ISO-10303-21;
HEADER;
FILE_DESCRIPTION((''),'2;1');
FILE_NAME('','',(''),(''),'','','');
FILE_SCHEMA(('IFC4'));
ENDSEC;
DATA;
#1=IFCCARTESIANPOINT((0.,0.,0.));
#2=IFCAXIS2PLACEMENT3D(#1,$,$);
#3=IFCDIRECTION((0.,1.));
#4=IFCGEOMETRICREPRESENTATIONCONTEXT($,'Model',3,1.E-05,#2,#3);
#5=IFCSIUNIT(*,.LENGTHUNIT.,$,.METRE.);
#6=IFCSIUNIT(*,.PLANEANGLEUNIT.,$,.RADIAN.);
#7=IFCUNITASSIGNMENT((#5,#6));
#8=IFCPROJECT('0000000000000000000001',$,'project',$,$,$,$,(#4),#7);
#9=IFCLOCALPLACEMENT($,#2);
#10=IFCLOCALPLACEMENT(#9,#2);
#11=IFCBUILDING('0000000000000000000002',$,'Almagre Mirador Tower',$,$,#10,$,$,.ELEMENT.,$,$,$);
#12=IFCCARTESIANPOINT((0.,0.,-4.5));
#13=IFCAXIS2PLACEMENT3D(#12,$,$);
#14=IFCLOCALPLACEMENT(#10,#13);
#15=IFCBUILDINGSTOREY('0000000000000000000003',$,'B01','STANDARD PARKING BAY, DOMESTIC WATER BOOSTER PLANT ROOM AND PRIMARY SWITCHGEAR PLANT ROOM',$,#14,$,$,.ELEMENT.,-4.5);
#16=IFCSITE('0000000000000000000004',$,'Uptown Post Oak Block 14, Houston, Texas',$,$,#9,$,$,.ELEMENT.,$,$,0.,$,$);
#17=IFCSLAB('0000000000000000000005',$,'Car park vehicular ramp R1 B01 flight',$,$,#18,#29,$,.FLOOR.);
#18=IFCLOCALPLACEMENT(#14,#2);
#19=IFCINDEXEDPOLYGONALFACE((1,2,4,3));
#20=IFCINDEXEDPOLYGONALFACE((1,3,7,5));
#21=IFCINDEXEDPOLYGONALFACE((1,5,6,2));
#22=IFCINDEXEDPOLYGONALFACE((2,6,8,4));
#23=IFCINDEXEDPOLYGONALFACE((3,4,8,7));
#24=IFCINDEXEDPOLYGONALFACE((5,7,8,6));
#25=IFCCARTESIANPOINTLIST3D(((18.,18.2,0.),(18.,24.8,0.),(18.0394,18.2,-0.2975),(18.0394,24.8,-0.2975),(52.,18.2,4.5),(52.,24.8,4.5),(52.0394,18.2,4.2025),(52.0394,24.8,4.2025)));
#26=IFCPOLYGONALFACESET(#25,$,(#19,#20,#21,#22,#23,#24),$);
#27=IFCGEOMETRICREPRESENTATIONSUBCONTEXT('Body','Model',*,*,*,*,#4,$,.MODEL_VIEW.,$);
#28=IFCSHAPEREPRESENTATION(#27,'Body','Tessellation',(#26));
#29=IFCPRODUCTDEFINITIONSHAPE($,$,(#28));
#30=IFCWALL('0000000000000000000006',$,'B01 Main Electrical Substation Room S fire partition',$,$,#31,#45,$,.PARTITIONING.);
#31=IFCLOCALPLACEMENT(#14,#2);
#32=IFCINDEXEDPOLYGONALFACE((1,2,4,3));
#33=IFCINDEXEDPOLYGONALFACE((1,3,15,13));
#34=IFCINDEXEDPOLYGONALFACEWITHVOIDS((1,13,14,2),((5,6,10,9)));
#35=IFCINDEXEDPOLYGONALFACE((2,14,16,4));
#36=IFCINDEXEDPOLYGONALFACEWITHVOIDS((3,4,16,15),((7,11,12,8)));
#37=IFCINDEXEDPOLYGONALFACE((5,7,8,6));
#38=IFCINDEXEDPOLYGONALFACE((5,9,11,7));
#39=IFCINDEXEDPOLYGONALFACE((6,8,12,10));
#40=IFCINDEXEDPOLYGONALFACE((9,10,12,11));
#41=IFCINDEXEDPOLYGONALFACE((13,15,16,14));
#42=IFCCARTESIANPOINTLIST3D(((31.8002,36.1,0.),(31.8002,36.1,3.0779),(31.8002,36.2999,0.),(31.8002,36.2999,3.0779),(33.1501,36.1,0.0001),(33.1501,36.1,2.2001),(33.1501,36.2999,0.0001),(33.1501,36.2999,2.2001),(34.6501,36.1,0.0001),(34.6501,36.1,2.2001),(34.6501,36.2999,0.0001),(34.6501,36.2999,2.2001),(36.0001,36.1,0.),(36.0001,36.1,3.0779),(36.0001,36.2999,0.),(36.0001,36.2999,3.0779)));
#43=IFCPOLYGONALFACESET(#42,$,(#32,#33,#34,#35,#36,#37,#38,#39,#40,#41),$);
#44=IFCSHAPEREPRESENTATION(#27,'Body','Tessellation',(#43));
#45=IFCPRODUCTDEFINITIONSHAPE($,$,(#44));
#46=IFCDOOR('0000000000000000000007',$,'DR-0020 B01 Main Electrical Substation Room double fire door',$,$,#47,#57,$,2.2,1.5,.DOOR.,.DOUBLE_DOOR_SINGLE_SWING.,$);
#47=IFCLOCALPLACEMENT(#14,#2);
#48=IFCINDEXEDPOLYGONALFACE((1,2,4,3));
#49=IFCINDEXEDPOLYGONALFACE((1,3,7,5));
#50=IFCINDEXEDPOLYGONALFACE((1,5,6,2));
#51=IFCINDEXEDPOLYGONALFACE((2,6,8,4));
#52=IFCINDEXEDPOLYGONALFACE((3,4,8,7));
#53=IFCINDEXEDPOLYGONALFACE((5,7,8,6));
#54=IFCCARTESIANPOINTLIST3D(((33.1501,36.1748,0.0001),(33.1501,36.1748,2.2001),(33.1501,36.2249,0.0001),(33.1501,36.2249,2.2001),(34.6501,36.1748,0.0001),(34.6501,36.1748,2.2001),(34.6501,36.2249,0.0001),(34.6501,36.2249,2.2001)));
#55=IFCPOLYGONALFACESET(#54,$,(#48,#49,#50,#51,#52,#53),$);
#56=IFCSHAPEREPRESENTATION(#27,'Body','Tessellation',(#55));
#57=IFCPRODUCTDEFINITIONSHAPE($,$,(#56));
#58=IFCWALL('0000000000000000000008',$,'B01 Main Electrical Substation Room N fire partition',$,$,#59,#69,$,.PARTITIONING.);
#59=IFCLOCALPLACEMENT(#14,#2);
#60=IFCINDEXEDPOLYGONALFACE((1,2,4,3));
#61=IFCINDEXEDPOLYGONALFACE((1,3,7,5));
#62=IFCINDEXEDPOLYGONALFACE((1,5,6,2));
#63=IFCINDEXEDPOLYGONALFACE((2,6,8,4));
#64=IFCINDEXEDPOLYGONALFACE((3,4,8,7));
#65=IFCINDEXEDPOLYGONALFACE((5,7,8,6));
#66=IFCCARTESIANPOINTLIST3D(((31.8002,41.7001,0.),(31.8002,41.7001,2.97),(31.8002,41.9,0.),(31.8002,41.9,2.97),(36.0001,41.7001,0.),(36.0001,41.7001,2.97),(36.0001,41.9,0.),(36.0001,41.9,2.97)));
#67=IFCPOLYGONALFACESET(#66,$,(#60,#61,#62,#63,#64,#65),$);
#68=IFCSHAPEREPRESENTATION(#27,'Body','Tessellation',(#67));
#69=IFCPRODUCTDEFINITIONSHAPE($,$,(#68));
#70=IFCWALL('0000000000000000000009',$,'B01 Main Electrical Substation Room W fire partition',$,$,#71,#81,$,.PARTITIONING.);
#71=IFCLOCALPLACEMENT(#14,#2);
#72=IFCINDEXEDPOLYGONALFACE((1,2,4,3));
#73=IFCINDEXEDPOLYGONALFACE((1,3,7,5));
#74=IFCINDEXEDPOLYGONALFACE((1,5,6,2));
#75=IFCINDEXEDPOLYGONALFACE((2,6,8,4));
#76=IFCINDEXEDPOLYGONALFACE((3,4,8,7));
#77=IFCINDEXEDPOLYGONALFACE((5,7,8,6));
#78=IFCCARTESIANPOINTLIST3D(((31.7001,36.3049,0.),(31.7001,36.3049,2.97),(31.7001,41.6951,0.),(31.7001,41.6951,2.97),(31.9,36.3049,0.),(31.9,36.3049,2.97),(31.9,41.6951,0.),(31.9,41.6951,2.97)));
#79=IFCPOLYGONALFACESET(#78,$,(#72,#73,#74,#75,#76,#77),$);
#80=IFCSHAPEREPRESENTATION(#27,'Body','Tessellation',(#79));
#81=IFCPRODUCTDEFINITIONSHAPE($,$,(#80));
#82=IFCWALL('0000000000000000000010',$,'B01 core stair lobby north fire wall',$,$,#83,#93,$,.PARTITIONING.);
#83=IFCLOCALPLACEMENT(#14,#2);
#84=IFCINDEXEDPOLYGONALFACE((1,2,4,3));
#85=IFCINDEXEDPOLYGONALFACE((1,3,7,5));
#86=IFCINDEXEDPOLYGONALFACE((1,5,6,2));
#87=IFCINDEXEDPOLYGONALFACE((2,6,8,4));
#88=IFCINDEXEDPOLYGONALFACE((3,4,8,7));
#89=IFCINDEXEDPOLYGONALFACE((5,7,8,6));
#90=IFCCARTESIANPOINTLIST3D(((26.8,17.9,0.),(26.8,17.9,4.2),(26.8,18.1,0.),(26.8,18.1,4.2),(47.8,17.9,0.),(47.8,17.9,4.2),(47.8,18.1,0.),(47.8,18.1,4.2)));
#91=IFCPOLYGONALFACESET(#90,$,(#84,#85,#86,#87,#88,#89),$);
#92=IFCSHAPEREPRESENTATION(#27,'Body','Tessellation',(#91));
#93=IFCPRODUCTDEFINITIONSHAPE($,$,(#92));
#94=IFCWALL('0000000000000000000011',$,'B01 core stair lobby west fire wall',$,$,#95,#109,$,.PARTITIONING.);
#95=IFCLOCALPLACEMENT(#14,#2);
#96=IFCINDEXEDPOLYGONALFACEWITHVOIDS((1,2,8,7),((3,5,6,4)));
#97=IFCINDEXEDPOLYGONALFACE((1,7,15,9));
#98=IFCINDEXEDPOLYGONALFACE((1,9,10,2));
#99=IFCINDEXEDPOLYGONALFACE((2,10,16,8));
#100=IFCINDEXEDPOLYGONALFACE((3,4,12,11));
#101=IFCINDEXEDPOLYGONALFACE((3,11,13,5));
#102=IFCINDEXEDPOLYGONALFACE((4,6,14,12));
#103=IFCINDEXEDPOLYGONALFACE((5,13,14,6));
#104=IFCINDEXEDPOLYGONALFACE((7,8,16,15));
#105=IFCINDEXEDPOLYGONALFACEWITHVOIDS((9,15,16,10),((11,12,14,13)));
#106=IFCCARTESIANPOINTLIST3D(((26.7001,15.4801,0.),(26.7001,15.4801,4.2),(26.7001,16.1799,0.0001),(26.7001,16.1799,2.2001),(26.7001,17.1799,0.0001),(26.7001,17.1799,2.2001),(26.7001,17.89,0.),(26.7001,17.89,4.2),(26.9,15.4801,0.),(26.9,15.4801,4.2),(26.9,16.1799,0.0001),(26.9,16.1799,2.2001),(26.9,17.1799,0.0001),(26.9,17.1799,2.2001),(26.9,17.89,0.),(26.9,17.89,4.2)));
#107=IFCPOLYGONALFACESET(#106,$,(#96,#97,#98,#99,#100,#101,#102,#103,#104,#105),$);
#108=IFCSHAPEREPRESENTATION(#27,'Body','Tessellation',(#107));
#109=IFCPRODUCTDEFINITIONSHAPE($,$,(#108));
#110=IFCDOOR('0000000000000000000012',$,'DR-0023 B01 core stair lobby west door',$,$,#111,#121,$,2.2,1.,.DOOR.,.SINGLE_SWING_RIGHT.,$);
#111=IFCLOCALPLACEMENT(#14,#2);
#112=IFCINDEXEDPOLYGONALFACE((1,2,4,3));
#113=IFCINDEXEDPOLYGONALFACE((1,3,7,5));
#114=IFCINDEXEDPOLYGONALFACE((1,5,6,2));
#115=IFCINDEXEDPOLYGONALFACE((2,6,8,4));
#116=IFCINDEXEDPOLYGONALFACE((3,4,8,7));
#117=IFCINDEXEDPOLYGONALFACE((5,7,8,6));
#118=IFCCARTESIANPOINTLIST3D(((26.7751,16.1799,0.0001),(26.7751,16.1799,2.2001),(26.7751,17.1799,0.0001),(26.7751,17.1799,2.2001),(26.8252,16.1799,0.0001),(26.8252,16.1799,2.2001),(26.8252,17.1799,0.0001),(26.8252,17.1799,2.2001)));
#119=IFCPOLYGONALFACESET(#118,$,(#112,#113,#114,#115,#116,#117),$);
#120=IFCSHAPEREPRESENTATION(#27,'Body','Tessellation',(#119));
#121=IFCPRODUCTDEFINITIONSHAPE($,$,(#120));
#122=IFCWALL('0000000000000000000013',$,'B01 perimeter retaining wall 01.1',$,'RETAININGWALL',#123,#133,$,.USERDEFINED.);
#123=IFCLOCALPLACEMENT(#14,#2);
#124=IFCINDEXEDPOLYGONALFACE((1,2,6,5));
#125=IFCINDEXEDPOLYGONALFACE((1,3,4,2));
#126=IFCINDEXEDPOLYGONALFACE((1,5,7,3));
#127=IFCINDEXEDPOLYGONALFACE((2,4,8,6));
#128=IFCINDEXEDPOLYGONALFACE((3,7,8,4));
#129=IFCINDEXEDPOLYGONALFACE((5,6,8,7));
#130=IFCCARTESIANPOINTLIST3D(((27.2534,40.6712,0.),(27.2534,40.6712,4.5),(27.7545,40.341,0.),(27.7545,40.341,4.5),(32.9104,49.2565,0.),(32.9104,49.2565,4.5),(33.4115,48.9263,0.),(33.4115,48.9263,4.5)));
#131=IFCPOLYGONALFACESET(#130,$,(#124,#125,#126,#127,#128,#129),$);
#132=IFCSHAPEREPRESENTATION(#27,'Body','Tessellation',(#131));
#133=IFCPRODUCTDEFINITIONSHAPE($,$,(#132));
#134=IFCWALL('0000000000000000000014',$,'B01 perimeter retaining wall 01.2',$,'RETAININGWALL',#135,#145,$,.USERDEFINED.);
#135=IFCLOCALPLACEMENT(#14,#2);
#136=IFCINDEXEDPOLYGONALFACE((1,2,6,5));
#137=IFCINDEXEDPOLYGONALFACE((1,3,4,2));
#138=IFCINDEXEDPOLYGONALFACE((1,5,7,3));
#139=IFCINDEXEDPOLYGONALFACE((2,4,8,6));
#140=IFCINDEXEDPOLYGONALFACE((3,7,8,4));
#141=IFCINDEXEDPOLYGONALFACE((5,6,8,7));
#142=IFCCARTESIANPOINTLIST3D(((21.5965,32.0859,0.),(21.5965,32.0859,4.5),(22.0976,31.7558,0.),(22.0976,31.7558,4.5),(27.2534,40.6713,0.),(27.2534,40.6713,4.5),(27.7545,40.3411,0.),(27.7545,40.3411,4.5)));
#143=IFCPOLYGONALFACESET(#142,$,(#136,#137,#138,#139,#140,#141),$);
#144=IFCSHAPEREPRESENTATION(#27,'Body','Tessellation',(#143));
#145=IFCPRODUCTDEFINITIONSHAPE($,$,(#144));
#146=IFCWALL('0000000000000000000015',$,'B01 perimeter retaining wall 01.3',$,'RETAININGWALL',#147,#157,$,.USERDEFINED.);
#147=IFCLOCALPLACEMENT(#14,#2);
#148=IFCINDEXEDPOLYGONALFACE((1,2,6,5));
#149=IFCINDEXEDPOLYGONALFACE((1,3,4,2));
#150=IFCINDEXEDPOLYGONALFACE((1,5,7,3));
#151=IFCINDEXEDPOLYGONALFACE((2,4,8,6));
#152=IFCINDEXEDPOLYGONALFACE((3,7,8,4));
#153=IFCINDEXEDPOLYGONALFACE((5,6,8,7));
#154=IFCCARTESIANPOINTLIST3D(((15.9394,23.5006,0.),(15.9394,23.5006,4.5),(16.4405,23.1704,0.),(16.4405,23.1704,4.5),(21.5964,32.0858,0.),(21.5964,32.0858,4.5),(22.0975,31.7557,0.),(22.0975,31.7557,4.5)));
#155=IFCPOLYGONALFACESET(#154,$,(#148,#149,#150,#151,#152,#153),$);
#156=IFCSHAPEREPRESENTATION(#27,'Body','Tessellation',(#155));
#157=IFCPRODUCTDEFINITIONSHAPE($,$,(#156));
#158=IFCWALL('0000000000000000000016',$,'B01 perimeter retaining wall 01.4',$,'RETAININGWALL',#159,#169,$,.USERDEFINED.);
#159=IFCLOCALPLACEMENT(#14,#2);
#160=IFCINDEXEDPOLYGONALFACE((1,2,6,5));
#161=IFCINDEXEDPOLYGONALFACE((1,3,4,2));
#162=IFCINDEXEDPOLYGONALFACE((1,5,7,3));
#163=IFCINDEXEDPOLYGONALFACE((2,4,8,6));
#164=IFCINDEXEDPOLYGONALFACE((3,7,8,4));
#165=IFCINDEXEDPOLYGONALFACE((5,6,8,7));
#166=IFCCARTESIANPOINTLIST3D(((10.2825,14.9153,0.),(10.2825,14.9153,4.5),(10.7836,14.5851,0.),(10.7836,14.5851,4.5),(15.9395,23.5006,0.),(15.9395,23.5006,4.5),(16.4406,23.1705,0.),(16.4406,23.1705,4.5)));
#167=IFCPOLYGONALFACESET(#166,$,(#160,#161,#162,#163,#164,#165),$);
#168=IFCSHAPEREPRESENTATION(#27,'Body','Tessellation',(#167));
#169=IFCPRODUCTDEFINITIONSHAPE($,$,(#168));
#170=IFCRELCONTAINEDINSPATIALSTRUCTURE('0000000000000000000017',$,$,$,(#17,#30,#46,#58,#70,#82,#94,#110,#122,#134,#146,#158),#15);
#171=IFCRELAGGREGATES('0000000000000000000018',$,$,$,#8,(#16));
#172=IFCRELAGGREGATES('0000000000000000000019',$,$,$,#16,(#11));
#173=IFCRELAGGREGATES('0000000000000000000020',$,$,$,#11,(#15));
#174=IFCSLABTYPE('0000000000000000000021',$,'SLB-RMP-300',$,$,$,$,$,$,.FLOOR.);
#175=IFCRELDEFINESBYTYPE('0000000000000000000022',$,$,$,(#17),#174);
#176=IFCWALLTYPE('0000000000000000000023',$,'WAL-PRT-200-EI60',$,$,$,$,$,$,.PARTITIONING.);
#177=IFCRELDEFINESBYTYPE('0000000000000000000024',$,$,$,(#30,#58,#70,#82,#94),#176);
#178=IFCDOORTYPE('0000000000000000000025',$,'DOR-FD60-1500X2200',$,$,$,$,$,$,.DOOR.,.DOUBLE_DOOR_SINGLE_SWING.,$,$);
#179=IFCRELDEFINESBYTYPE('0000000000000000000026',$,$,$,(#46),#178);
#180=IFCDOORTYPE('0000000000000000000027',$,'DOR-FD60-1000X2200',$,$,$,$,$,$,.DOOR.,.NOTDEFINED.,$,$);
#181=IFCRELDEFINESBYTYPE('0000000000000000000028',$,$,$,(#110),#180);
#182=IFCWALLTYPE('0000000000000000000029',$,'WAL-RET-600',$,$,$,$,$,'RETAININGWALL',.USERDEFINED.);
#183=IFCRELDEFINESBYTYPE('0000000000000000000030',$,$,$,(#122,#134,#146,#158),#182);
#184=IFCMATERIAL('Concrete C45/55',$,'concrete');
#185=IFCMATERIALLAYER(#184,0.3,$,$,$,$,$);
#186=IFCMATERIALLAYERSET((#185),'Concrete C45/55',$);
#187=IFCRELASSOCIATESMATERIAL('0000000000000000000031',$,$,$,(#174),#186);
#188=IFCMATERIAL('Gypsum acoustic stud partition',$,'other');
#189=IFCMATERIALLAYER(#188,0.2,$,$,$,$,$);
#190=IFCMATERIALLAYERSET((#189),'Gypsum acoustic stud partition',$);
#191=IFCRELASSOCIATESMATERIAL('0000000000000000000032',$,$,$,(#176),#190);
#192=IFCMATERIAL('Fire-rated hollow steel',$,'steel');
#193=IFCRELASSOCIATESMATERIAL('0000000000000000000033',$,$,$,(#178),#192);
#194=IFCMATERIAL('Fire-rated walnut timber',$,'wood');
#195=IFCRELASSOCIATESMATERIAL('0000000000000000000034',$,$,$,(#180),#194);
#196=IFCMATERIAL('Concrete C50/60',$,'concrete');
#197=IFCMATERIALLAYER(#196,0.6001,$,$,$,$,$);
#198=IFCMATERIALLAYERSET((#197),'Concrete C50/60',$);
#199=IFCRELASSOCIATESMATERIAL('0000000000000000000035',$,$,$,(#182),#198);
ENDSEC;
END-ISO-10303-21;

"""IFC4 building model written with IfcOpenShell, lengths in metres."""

from ifc_helpers import new_model, si_unit, direction, frame, frame_2d, origin, place, context, subcontext, project, spatial, polyline, rectangle, outline, extrude, material, layer, layer_set, type_object, element, fill, save


model = new_model("IFC4")

# Units and contexts
model_context = context("Model", 3, precision=1e-05, world=origin(), true_north=direction((0.0, 1.0)))
body_context = subcontext(model_context, "Body", "Model", "MODEL_VIEW")
ifc_project = project(units=[si_unit("LENGTHUNIT", "METRE"), si_unit("PLANEANGLEUNIT", "RADIAN")], contexts=[model_context])

# Site, building, storey
site_placement = place(None, origin())
site = spatial("IfcSite", under=ifc_project, at=site_placement, Name="Uptown Post Oak Block 14, Houston, Texas", CompositionType="ELEMENT", RefElevation=0.0)
building_placement = place(site_placement, origin())
building = spatial("IfcBuilding", under=site, at=building_placement, Name="Almagre Mirador Tower", CompositionType="ELEMENT")
storey_placement = place(building_placement, frame((0.0, 0.0, -4.5)))
storey = spatial("IfcBuildingStorey", under=building, at=storey_placement, Name="B01", Description="STANDARD PARKING BAY, DOMESTIC WATER BOOSTER PLANT ROOM AND PRIMARY SWITCHGEAR PLANT ROOM", CompositionType="ELEMENT", Elevation=-4.5)

# Slab
ifc_material_1 = material(Name="Concrete C45/55", Category="concrete")
ifc_layer_1 = layer(ifc_material_1, 0.3)
ifc_layer_set_1 = layer_set([ifc_layer_1], Name="Concrete C45/55")
slab_type = type_object("IfcSlabType", Name="SLB-RMP-300", PredefinedType="FLOOR", material=ifc_layer_set_1)
slab_placement = place(storey_placement, frame((18.0, 18.2, 0.0), z_axis=(-0.131209, 0.0, 0.991355), x_axis=(0.991355, 0.0, 0.131209)))
element("IfcSlab", 1, at=slab_placement, inside=storey, type_object=slab_type, Name="Car park vehicular ramp R1 B01 flight", PredefinedType="FLOOR", context=body_context, shape_type="SweptSolid", body=[
    extrude(outline(polyline([(0.0, 0.0), (34.2965, 0.0), (34.2965, 6.6001), (0.0, 6.6001), (0.0, 0.0)])), origin(), (0.0, 0.0, -1.0), 0.3),
])

# Wall, opening, door
ifc_material_2 = material(Name="Gypsum acoustic stud partition", Category="other")
ifc_layer_2 = layer(ifc_material_2, 0.2)
ifc_layer_set_2 = layer_set([ifc_layer_2], Name="Gypsum acoustic stud partition")
wall_type_1 = type_object("IfcWallType", Name="WAL-PRT-200-EI60", PredefinedType="PARTITIONING", material=ifc_layer_set_2)
wall_1_placement = place(storey_placement, frame((31.8, 36.2, 0.0), z_axis=(0.0, 0.0, 1.0), x_axis=(1.0, 0.0, 0.0)))
wall_1 = element("IfcWall", 2, at=wall_1_placement, inside=storey, type_object=wall_type_1, Name="B01 Main Electrical Substation Room S fire partition", PredefinedType="PARTITIONING", context=body_context, shape_type="SweptSolid", body=[
    extrude(rectangle(XDim=4.2, YDim=0.2, at=frame_2d((2.1001, 0.0))), origin(), (0.0, 0.0, 1.0), 3.0779),
])
opening_1_placement = place(wall_1_placement, frame((1.3501, 0.0, 0.0)))
opening_1 = element("IfcOpeningElement", 3, at=opening_1_placement, cuts=wall_1, PredefinedType="OPENING", context=body_context, shape_type="SweptSolid", body=[
    extrude(rectangle(XDim=1.5, YDim=2.2, at=frame_2d((0.75, 1.1001))), frame((0.0, 0.1101, 0.0), z_axis=(0.0, -1.0, 0.0), x_axis=(1.0, 0.0, 0.0)), (0.0, 0.0, 1.0), 0.22),
])
ifc_material_3 = material(Name="Fire-rated hollow steel", Category="steel")
door_type_1 = type_object("IfcDoorType", Name="DOR-FD60-1500X2200", OperationType="DOUBLE_DOOR_SINGLE_SWING", PredefinedType="DOOR", material=ifc_material_3)
door_1_placement = place(opening_1_placement, origin())
door_1 = element("IfcDoor", 4, at=door_1_placement, inside=storey, type_object=door_type_1, Name="DR-0020 B01 Main Electrical Substation Room double fire door", OperationType="DOUBLE_DOOR_SINGLE_SWING", OverallHeight=2.2, OverallWidth=1.5, PredefinedType="DOOR", context=body_context, shape_type="SweptSolid", body=[
    extrude(rectangle(XDim=1.5, YDim=2.2, at=frame_2d((0.75, 1.1001))), frame((0.0, 0.0249, 0.0), z_axis=(0.0, -1.0, 0.0), x_axis=(1.0, 0.0, 0.0)), (0.0, 0.0, 1.0), 0.05),
])
fill(opening_1, door_1)

# Walls
wall_2_placement = place(storey_placement, frame((31.8, 41.8, 0.0), z_axis=(0.0, 0.0, 1.0), x_axis=(1.0, 0.0, 0.0)))
element("IfcWall", 5, at=wall_2_placement, inside=storey, type_object=wall_type_1, Name="B01 Main Electrical Substation Room N fire partition", PredefinedType="PARTITIONING", context=body_context, shape_type="SweptSolid", body=[
    extrude(rectangle(XDim=4.2, YDim=0.2, at=frame_2d((2.1001, 0.0))), origin(), (0.0, 0.0, 1.0), 2.97),
])
wall_3_placement = place(storey_placement, frame((31.8, 36.3049, 0.0), z_axis=(0.0, 0.0, 1.0), x_axis=(0.0, 1.0, 0.0)))
element("IfcWall", 6, at=wall_3_placement, inside=storey, type_object=wall_type_1, Name="B01 Main Electrical Substation Room W fire partition", PredefinedType="PARTITIONING", context=body_context, shape_type="SweptSolid", body=[
    extrude(rectangle(XDim=5.3901, YDim=0.2, at=frame_2d((2.6951, 0.0))), origin(), (0.0, 0.0, 1.0), 2.97),
])
wall_4_placement = place(storey_placement, frame((26.8, 18.0, 0.0), z_axis=(0.0, 0.0, 1.0), x_axis=(1.0, 0.0, 0.0)))
element("IfcWall", 7, at=wall_4_placement, inside=storey, type_object=wall_type_1, Name="B01 core stair lobby north fire wall", PredefinedType="PARTITIONING", context=body_context, shape_type="SweptSolid", body=[
    extrude(rectangle(XDim=21.0, YDim=0.2, at=frame_2d((10.5, 0.0))), origin(), (0.0, 0.0, 1.0), 4.2),
])

# Wall, opening, door
wall_5_placement = place(storey_placement, frame((26.8, 15.48, 0.0), z_axis=(0.0, 0.0, 1.0), x_axis=(0.0, 1.0, 0.0)))
wall_5 = element("IfcWall", 8, at=wall_5_placement, inside=storey, type_object=wall_type_1, Name="B01 core stair lobby west fire wall", PredefinedType="PARTITIONING", context=body_context, shape_type="SweptSolid", body=[
    extrude(rectangle(XDim=2.4099, YDim=0.2, at=frame_2d((1.2051, 0.0))), origin(), (0.0, 0.0, 1.0), 4.2),
])
opening_2_placement = place(wall_5_placement, frame((0.7, 0.0, 0.0)))
opening_2 = element("IfcOpeningElement", 9, at=opening_2_placement, cuts=wall_5, PredefinedType="OPENING", context=body_context, shape_type="SweptSolid", body=[
    extrude(rectangle(XDim=1.0, YDim=2.2, at=frame_2d((0.5, 1.1001))), frame((0.0, 0.1101, 0.0), z_axis=(0.0, -1.0, 0.0), x_axis=(1.0, 0.0, 0.0)), (0.0, 0.0, 1.0), 0.22),
])
ifc_material_4 = material(Name="Fire-rated walnut timber", Category="wood")
door_type_2 = type_object("IfcDoorType", Name="DOR-FD60-1000X2200", OperationType="NOTDEFINED", PredefinedType="DOOR", material=ifc_material_4)
door_2_placement = place(opening_2_placement, origin())
door_2 = element("IfcDoor", 10, at=door_2_placement, inside=storey, type_object=door_type_2, Name="DR-0023 B01 core stair lobby west door", OperationType="SINGLE_SWING_RIGHT", OverallHeight=2.2, OverallWidth=1.0, PredefinedType="DOOR", context=body_context, shape_type="SweptSolid", body=[
    extrude(rectangle(XDim=1.0, YDim=2.2, at=frame_2d((0.5, 1.1001))), frame((0.0, 0.0249, 0.0), z_axis=(0.0, -1.0, 0.0), x_axis=(1.0, 0.0, 0.0)), (0.0, 0.0, 1.0), 0.05),
])
fill(opening_2, door_2)

# Walls
ifc_material_5 = material(Name="Concrete C50/60", Category="concrete")
ifc_layer_3 = layer(ifc_material_5, 0.6001)
ifc_layer_set_3 = layer_set([ifc_layer_3], Name="Concrete C50/60")
wall_type_2 = type_object("IfcWallType", Name="WAL-RET-600", ElementType="RETAININGWALL", PredefinedType="USERDEFINED", material=ifc_layer_set_3)
for number, where, z_axis, x_axis, name in (
    (11, (33.1609, 49.0913, 0.0), (0.0, 0.0, 1.0), (-0.550215, -0.835023, 0.0), "B01 perimeter retaining wall 01.1"),
    (12, (27.5039, 40.5061, 0.0), (0.0, 0.0, 1.0), (-0.550204, -0.83503, 0.0), "B01 perimeter retaining wall 01.2"),
    (13, (21.8469, 31.9207, 0.0), (0.0, 0.0, 1.0), (-0.550215, -0.835023, 0.0), "B01 perimeter retaining wall 01.3"),
    (14, (16.1899, 23.3354, 0.0), (0.0, 0.0, 1.0), (-0.550204, -0.83503, 0.0), "B01 perimeter retaining wall 01.4"),
):
    element("IfcWall", number, at=place(storey_placement, frame(where, z_axis=z_axis, x_axis=x_axis)), inside=storey, type_object=wall_type_2, Name=name, ObjectType="RETAININGWALL", PredefinedType="USERDEFINED", context=body_context, shape_type="SweptSolid", body=[
        extrude(rectangle(XDim=10.2815, YDim=0.6001, at=frame_2d((5.1406, 0.0))), origin(), (0.0, 0.0, 1.0), 4.5),
    ])

save(model, "model.ifc")
